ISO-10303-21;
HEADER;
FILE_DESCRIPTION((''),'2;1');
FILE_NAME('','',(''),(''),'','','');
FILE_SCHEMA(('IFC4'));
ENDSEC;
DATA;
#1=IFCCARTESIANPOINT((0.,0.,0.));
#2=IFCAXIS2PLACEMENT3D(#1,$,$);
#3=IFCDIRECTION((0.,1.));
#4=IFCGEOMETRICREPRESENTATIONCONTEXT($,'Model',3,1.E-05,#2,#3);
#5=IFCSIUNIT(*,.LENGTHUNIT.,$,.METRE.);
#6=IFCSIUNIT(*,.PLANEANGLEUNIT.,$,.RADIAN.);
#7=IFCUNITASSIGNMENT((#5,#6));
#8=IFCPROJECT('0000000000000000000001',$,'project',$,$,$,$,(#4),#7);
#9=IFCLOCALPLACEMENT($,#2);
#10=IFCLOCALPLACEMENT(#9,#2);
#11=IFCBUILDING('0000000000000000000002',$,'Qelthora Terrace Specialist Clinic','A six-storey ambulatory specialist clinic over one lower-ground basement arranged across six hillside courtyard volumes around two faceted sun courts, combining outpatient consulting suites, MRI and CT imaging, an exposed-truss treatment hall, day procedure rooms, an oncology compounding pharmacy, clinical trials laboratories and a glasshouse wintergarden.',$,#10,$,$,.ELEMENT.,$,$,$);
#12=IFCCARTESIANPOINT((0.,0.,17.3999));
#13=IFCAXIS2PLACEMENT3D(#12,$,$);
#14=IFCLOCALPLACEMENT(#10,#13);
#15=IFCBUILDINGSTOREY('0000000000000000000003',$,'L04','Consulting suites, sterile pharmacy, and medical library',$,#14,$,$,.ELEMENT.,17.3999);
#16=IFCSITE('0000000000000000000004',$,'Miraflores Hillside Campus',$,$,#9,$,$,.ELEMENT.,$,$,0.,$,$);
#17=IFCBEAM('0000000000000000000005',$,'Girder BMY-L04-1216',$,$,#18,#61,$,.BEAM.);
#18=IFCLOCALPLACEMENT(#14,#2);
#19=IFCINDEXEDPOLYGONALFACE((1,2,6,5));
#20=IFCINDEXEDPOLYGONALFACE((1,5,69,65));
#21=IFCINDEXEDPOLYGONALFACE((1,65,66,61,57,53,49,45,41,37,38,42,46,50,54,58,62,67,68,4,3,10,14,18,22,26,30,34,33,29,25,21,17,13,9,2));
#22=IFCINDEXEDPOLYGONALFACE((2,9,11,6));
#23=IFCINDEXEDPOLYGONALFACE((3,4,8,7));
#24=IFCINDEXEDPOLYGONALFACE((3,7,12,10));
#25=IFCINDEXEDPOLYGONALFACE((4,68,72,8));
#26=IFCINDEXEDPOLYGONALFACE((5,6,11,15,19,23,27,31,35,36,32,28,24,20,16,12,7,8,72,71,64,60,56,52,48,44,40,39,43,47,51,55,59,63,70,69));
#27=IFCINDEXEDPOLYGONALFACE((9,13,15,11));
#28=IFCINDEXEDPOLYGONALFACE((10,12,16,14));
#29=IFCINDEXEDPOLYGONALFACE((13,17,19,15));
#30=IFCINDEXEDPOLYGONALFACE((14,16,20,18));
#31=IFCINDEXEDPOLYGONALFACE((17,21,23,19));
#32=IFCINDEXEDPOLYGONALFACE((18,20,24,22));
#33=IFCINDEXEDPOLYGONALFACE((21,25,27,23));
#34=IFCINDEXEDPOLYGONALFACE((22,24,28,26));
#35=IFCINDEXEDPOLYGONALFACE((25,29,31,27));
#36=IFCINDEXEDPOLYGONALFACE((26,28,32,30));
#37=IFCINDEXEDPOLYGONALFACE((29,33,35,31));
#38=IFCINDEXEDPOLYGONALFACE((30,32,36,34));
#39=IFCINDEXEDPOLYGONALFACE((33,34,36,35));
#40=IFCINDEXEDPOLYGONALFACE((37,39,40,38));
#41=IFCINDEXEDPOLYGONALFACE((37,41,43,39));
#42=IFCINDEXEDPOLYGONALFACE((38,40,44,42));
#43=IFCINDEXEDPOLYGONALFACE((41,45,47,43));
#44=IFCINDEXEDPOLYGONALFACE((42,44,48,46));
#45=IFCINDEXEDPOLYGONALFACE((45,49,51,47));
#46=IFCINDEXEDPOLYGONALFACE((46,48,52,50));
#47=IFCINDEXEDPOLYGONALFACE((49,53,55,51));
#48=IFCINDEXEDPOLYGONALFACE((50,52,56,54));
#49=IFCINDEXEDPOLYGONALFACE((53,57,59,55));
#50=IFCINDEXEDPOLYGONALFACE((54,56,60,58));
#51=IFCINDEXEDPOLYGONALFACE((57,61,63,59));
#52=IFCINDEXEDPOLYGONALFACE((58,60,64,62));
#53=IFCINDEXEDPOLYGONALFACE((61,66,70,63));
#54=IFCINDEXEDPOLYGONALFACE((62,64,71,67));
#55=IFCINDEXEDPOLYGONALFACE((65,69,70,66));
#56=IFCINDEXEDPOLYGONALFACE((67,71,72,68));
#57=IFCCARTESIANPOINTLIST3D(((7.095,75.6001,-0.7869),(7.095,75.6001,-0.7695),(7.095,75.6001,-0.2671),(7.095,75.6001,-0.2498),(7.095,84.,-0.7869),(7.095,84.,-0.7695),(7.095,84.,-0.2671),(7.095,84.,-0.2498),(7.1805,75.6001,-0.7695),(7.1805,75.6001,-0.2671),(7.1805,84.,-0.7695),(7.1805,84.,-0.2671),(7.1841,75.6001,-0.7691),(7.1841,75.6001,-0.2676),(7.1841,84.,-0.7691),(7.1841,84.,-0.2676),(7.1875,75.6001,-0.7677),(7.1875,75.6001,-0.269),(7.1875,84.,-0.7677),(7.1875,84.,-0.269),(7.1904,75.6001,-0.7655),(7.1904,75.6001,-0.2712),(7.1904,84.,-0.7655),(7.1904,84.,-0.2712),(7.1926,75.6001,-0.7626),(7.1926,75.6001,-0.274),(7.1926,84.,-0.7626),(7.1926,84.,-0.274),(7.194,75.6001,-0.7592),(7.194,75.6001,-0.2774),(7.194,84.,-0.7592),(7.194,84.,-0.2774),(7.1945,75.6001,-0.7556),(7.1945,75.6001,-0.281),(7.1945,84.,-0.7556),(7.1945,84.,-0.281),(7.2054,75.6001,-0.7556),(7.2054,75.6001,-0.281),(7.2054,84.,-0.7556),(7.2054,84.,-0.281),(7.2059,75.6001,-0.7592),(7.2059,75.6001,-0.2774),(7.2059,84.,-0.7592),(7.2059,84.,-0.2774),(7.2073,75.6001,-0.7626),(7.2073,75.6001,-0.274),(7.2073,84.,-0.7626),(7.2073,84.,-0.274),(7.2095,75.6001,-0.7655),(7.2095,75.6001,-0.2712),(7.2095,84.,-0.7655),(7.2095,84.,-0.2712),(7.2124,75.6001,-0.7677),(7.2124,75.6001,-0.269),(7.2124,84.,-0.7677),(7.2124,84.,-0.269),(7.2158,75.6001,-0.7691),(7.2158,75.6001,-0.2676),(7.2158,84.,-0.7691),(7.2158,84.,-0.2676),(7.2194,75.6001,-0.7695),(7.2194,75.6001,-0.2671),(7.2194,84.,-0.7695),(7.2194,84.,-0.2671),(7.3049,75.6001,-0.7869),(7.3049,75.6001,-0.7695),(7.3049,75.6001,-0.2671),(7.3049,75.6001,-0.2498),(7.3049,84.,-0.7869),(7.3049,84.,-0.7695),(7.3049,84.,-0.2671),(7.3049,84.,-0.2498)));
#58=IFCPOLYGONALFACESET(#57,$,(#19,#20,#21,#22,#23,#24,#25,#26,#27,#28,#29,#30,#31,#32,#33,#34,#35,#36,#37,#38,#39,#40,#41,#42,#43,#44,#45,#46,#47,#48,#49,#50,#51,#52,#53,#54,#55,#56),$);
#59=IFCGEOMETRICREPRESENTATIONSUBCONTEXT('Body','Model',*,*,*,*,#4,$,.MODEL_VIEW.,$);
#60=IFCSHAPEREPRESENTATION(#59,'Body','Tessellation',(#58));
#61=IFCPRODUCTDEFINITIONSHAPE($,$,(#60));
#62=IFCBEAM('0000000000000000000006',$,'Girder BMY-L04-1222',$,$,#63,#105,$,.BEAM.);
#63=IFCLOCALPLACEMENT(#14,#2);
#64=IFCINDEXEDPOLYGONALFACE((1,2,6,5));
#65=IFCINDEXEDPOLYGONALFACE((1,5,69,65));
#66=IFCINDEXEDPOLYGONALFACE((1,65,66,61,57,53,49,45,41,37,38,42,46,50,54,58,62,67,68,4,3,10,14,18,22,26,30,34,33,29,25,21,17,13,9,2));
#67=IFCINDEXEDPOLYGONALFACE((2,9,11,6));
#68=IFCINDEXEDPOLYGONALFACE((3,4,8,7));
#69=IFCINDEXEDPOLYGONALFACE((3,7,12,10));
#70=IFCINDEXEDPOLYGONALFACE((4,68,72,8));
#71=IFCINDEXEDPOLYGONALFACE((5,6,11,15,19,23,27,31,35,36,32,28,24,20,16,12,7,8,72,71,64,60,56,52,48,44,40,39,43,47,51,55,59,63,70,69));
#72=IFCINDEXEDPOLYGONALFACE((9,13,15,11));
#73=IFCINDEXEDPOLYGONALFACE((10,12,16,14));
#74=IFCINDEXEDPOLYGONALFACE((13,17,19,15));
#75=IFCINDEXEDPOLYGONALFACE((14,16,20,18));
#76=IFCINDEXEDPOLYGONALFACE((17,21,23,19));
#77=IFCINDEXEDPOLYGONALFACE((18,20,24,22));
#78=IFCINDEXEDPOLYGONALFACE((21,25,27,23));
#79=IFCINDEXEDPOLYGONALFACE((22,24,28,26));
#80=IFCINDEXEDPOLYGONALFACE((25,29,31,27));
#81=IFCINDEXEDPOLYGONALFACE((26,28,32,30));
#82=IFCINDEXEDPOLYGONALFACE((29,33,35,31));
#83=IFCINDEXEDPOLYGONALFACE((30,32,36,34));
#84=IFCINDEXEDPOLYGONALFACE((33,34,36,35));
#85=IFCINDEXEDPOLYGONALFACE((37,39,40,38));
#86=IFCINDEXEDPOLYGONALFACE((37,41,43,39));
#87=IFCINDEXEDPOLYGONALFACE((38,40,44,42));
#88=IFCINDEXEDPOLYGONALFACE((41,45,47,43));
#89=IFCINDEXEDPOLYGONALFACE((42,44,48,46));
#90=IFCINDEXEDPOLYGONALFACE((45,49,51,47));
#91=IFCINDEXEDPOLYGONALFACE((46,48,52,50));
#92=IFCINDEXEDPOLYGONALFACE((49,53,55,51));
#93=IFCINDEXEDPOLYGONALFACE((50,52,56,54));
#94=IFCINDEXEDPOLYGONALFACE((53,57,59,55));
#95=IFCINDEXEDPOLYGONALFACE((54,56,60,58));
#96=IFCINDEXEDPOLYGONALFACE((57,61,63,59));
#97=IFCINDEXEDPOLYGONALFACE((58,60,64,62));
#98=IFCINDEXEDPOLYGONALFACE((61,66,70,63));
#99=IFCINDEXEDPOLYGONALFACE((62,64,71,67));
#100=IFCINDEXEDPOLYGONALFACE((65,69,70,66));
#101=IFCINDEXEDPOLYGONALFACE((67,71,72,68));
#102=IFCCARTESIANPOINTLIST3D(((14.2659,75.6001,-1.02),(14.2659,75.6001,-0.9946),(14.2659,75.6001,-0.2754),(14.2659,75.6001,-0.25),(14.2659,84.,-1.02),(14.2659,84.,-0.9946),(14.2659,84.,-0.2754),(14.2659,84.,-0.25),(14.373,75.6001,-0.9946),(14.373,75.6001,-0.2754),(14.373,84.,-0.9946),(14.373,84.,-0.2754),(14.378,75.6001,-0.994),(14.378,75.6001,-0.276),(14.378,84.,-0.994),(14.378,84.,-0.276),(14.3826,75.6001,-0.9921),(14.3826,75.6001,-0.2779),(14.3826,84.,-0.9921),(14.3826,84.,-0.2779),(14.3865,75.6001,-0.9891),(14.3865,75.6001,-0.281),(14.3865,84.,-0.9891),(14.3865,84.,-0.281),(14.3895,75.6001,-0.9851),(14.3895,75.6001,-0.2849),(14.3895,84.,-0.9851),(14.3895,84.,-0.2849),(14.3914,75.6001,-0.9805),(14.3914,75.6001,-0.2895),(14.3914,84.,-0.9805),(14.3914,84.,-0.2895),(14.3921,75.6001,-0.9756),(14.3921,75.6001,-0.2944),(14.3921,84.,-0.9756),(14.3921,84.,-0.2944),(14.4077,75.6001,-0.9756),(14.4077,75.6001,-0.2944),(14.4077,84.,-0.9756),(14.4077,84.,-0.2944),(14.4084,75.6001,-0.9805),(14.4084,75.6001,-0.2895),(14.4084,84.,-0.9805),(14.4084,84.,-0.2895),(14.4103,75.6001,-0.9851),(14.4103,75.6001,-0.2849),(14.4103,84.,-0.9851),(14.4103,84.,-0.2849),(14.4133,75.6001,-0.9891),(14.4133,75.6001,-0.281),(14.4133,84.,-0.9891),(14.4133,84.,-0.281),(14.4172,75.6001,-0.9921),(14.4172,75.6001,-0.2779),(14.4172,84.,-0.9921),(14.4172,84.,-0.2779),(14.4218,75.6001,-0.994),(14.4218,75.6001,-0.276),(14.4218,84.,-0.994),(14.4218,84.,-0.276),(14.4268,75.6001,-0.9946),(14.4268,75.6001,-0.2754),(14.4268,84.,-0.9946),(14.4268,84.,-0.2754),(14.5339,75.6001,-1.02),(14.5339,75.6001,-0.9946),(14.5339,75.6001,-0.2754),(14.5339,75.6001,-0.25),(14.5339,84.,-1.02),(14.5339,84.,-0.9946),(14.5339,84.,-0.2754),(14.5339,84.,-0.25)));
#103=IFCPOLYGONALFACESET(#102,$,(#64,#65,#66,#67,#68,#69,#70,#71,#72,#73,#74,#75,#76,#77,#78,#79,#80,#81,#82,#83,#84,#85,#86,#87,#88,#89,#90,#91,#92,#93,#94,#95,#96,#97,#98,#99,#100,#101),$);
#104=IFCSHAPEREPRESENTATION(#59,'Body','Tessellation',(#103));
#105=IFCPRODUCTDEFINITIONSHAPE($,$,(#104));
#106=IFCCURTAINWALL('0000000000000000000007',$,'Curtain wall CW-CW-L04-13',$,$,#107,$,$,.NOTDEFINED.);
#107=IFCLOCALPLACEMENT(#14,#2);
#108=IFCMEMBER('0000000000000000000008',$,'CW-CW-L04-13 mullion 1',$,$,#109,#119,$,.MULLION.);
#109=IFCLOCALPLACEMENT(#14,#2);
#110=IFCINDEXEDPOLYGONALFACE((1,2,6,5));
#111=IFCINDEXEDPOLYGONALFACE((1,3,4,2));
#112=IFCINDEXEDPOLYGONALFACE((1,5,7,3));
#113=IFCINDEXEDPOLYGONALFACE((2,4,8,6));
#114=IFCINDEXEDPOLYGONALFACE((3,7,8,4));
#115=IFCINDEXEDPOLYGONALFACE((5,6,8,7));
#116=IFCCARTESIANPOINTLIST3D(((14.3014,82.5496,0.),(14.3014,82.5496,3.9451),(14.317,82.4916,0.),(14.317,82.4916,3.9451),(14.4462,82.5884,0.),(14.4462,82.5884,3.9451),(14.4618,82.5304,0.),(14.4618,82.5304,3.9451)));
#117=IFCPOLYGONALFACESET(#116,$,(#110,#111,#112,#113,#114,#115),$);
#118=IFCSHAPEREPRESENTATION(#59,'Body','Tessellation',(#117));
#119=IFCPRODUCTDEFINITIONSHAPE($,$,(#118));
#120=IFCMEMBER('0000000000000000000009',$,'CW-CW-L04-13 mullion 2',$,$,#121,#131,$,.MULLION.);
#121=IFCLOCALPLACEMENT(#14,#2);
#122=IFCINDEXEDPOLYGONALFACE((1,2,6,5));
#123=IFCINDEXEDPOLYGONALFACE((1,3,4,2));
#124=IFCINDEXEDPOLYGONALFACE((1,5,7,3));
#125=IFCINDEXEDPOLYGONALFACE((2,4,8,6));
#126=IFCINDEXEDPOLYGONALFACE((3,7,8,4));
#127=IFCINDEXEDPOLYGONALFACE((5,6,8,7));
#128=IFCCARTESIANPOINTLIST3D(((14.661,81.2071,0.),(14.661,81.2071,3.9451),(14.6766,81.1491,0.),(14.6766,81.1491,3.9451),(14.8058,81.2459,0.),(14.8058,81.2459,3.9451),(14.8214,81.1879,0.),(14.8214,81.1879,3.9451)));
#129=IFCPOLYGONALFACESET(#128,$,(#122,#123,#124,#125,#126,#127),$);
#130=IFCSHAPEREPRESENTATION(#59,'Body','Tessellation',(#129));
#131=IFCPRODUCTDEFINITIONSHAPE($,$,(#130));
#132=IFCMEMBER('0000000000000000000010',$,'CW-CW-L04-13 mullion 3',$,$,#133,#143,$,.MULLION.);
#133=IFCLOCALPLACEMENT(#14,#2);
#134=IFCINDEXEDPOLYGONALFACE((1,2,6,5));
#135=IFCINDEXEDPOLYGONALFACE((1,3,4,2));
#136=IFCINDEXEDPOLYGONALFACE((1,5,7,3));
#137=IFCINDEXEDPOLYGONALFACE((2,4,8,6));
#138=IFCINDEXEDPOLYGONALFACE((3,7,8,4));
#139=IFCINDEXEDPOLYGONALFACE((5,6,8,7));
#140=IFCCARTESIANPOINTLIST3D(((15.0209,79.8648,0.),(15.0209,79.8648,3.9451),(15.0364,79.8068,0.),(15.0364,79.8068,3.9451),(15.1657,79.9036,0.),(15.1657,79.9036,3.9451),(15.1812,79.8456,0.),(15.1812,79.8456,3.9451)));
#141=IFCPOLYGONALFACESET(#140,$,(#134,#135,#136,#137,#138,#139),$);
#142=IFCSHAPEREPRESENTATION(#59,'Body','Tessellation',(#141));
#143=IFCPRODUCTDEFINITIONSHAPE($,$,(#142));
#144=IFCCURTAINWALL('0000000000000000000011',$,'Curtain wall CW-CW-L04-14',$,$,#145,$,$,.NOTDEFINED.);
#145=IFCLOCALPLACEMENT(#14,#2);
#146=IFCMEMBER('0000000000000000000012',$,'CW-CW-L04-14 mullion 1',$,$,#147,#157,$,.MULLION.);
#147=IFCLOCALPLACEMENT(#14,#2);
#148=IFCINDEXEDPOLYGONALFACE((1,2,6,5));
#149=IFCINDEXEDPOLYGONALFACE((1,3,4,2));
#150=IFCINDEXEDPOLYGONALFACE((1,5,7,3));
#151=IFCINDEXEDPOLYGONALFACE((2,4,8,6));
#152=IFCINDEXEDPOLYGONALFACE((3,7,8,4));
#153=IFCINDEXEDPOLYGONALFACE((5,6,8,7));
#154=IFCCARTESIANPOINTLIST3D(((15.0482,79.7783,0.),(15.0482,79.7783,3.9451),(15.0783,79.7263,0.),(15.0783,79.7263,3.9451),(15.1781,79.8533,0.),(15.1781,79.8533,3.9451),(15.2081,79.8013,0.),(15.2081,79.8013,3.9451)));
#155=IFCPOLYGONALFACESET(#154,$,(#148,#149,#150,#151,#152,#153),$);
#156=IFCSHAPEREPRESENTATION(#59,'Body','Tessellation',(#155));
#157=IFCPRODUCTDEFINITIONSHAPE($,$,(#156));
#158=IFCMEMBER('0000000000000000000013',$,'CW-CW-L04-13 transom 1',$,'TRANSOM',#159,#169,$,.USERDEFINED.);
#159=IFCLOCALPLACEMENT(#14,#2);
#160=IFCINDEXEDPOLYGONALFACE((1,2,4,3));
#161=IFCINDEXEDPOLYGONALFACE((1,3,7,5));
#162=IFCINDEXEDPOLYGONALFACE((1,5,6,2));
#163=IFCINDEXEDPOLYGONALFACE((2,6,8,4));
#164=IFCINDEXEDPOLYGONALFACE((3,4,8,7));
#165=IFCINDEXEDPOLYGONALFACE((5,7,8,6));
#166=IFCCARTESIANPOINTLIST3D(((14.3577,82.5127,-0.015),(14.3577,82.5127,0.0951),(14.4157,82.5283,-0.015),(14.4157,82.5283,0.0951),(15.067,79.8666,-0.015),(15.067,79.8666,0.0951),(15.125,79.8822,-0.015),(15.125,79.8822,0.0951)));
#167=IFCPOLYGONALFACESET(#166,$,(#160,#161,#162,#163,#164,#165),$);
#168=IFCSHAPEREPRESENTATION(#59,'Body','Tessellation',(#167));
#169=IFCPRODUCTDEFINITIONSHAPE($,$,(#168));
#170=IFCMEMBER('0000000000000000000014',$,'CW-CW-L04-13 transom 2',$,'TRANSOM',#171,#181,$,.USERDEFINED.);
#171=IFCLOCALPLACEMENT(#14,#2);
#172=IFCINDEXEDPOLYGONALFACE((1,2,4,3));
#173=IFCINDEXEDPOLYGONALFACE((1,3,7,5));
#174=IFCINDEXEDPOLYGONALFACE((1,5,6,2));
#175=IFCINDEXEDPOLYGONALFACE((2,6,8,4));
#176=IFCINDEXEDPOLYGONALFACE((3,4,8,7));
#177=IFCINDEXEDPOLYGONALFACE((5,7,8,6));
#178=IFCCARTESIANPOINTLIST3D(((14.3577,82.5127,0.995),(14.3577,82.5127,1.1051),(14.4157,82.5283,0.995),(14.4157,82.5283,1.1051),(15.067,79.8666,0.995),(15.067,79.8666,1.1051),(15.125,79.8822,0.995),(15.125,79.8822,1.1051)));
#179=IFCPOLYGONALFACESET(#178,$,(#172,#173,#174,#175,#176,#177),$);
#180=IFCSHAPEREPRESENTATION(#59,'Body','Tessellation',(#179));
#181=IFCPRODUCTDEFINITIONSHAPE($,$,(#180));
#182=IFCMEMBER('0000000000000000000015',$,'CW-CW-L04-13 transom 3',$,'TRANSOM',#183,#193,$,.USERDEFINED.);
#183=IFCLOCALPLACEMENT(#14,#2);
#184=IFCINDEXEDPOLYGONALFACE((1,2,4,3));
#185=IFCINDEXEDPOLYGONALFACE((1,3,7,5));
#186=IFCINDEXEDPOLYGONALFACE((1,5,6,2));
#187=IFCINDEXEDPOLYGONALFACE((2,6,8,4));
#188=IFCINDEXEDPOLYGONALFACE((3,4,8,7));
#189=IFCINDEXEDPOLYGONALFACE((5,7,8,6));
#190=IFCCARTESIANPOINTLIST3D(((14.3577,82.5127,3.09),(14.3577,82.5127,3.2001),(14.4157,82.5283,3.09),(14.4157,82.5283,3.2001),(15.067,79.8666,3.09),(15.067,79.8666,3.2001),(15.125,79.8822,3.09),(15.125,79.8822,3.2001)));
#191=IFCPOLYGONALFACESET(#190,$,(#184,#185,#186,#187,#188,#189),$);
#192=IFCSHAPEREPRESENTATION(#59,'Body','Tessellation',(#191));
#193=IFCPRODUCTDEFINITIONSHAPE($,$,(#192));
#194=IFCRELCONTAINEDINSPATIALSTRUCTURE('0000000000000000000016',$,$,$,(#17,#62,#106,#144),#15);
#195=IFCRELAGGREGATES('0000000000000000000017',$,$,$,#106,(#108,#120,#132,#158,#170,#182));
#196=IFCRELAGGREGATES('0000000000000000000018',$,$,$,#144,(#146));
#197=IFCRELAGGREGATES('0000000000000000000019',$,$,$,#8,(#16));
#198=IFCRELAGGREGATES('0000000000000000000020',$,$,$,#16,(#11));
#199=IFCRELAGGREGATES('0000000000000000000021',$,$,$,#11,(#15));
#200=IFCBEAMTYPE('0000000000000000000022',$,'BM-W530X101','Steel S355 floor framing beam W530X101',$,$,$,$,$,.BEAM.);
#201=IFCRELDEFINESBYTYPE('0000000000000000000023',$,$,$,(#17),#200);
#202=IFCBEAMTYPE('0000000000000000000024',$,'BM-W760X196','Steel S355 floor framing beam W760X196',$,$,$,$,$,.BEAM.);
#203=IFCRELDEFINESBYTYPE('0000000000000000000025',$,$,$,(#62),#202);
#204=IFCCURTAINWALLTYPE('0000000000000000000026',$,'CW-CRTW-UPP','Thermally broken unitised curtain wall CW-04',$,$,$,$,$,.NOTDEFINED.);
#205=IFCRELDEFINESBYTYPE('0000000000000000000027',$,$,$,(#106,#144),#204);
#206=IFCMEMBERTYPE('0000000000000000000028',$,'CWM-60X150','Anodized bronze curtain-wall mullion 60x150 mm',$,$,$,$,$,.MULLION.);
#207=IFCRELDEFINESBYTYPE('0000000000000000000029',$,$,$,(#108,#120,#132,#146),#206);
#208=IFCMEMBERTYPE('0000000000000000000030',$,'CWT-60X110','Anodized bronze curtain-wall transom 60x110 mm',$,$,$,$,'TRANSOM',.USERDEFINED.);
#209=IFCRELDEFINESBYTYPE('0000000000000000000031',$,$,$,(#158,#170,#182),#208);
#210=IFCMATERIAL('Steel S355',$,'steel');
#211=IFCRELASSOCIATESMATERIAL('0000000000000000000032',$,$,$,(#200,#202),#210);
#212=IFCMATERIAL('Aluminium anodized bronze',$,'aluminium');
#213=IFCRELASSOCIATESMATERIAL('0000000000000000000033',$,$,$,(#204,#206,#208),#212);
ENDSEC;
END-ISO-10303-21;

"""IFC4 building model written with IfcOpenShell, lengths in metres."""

from ifc_helpers import new_model, si_unit, direction, frame, origin, origin_2d, place, context, subcontext, project, spatial, rectangle, i_section, extrude, material, material_profile, profile_set, type_object, element, aggregate, save


model = new_model("IFC4")

# Units and contexts
model_context = context("Model", 3, precision=1e-05, world=origin(), true_north=direction((0.0, 1.0)))
body_context = subcontext(model_context, "Body", "Model", "MODEL_VIEW")
ifc_project = project(units=[si_unit("LENGTHUNIT", "METRE"), si_unit("PLANEANGLEUNIT", "RADIAN")], contexts=[model_context])

# Site, building, storey
site_placement = place(None, origin())
site = spatial("IfcSite", under=ifc_project, at=site_placement, Name="Miraflores Hillside Campus", CompositionType="ELEMENT", RefElevation=0.0)
building_placement = place(site_placement, origin())
building = spatial("IfcBuilding", under=site, at=building_placement, Name="Qelthora Terrace Specialist Clinic", Description="A six-storey ambulatory specialist clinic over one lower-ground basement arranged across six hillside courtyard volumes around two faceted sun courts, combining outpatient consulting suites, MRI and CT imaging, an exposed-truss treatment hall, day procedure rooms, an oncology compounding pharmacy, clinical trials laboratories and a glasshouse wintergarden.", CompositionType="ELEMENT")
storey_placement = place(building_placement, frame((0.0, 0.0, 17.3999)))
storey = spatial("IfcBuildingStorey", under=building, at=storey_placement, Name="L04", Description="Consulting suites, sterile pharmacy, and medical library", CompositionType="ELEMENT", Elevation=17.3999)

# Shared definitions
ifc_material_1 = material(Name="Steel S355", Category="steel")

# Beams
ifc_material_profile_1 = material_profile(ifc_material_1, i_section(OverallWidth=0.21, OverallDepth=0.5371, WebThickness=0.011, FlangeThickness=0.0173, FilletRadius=0.0139, at=origin_2d()), Name="W530X101")
ifc_profile_set_1 = profile_set([ifc_material_profile_1], Name="Steel S355")
beam_type_1 = type_object("IfcBeamType", Name="BM-W530X101", Description="Steel S355 floor framing beam W530X101", PredefinedType="BEAM", material=ifc_profile_set_1)
beam_1_placement = place(storey_placement, frame((7.2, 75.6001, -0.5183), z_axis=(0.0, 1.0, 0.0), x_axis=(-1.0, 0.0, 0.0)))
element("IfcBeam", 1, at=beam_1_placement, inside=storey, type_object=beam_type_1, Name="Girder BMY-L04-1216", PredefinedType="BEAM", context=body_context, shape_type="SweptSolid", body=[
    extrude(i_section(OverallWidth=0.21, OverallDepth=0.5371, WebThickness=0.011, FlangeThickness=0.0173, FilletRadius=0.0139, at=origin_2d()), origin(), (0.0, 0.0, 1.0), 8.3999),
])
ifc_material_profile_2 = material_profile(ifc_material_1, i_section(OverallWidth=0.2681, OverallDepth=0.77, WebThickness=0.0156, FlangeThickness=0.0254, FilletRadius=0.019, at=origin_2d()), Name="W760X196")
ifc_profile_set_2 = profile_set([ifc_material_profile_2], Name="Steel S355")
beam_type_2 = type_object("IfcBeamType", Name="BM-W760X196", Description="Steel S355 floor framing beam W760X196", PredefinedType="BEAM", material=ifc_profile_set_2)
beam_2_placement = place(storey_placement, frame((14.3999, 75.6001, -0.635), z_axis=(0.0, 1.0, 0.0), x_axis=(-1.0, 0.0, 0.0)))
element("IfcBeam", 2, at=beam_2_placement, inside=storey, type_object=beam_type_2, Name="Girder BMY-L04-1222", PredefinedType="BEAM", context=body_context, shape_type="SweptSolid", body=[
    extrude(i_section(OverallWidth=0.2681, OverallDepth=0.77, WebThickness=0.0156, FlangeThickness=0.0254, FilletRadius=0.019, at=origin_2d()), origin(), (0.0, 0.0, 1.0), 8.3999),
])

# Curtain wall, members
ifc_material_2 = material(Name="Aluminium anodized bronze", Category="aluminium")
curtain_wall_type = type_object("IfcCurtainWallType", Name="CW-CRTW-UPP", Description="Thermally broken unitised curtain wall CW-04", PredefinedType="NOTDEFINED", material=ifc_material_2)
curtain_wall_1_placement = place(storey_placement, origin())
curtain_wall_1 = element("IfcCurtainWall", 3, at=curtain_wall_1_placement, inside=storey, type_object=curtain_wall_type, Name="Curtain wall CW-CW-L04-13", PredefinedType="NOTDEFINED")
ifc_material_profile_3 = material_profile(ifc_material_2, rectangle(XDim=0.0601, YDim=0.1499, at=origin_2d()), Name="CWM60X150")
ifc_profile_set_3 = profile_set([ifc_material_profile_3], Name="Aluminium anodized bronze")
member_type_1 = type_object("IfcMemberType", Name="CWM-60X150", Description="Anodized bronze curtain-wall mullion 60x150 mm", PredefinedType="MULLION", material=ifc_profile_set_3)
member_1_placement = place(storey_placement, frame((14.3816, 82.54, 0.0), z_axis=(0.0, 0.0, 1.0), x_axis=(0.25882, -0.965925, 0.0)))
member_1 = element("IfcMember", 4, at=member_1_placement, type_object=member_type_1, Name="CW-CW-L04-13 mullion 1", PredefinedType="MULLION", context=body_context, shape_type="SweptSolid", body=[
    extrude(rectangle(XDim=0.0601, YDim=0.1499, at=origin_2d()), origin(), (0.0, 0.0, 1.0), 3.9451),
])
member_2_placement = place(storey_placement, frame((14.7412, 81.1975, 0.0), z_axis=(0.0, 0.0, 1.0), x_axis=(0.25882, -0.965925, 0.0)))
member_2 = element("IfcMember", 5, at=member_2_placement, type_object=member_type_1, Name="CW-CW-L04-13 mullion 2", PredefinedType="MULLION", context=body_context, shape_type="SweptSolid", body=[
    extrude(rectangle(XDim=0.0601, YDim=0.1499, at=origin_2d()), origin(), (0.0, 0.0, 1.0), 3.9451),
])
member_3_placement = place(storey_placement, frame((15.1011, 79.8552, 0.0), z_axis=(0.0, 0.0, 1.0), x_axis=(0.25882, -0.965925, 0.0)))
member_3 = element("IfcMember", 6, at=member_3_placement, type_object=member_type_1, Name="CW-CW-L04-13 mullion 3", PredefinedType="MULLION", context=body_context, shape_type="SweptSolid", body=[
    extrude(rectangle(XDim=0.0601, YDim=0.1499, at=origin_2d()), origin(), (0.0, 0.0, 1.0), 3.9451),
])

# Curtain wall, member
curtain_wall_2_placement = place(storey_placement, origin())
curtain_wall_2 = element("IfcCurtainWall", 7, at=curtain_wall_2_placement, inside=storey, type_object=curtain_wall_type, Name="Curtain wall CW-CW-L04-14", PredefinedType="NOTDEFINED")
member_4_placement = place(storey_placement, frame((15.1282, 79.7898, 0.0), z_axis=(0.0, 0.0, 1.0), x_axis=(0.5, -0.866026, 0.0)))
member_4 = element("IfcMember", 8, at=member_4_placement, type_object=member_type_1, Name="CW-CW-L04-14 mullion 1", PredefinedType="MULLION", context=body_context, shape_type="SweptSolid", body=[
    extrude(rectangle(XDim=0.0601, YDim=0.1499, at=origin_2d()), origin(), (0.0, 0.0, 1.0), 3.9451),
])

# Members
ifc_material_profile_4 = material_profile(ifc_material_2, rectangle(XDim=0.0601, YDim=0.1101, at=origin_2d()), Name="CWT60X110")
ifc_profile_set_4 = profile_set([ifc_material_profile_4], Name="Aluminium anodized bronze")
member_type_2 = type_object("IfcMemberType", Name="CWT-60X110", Description="Anodized bronze curtain-wall transom 60x110 mm", ElementType="TRANSOM", PredefinedType="USERDEFINED", material=ifc_profile_set_4)
member_5_placement = place(storey_placement, frame((14.3867, 82.5205, 0.04), z_axis=(0.258899, -0.965904, 0.0), x_axis=(0.965904, 0.258899, 0.0)))
member_5 = element("IfcMember", 9, at=member_5_placement, type_object=member_type_2, Name="CW-CW-L04-13 transom 1", ObjectType="TRANSOM", PredefinedType="USERDEFINED", context=body_context, shape_type="SweptSolid", body=[
    extrude(rectangle(XDim=0.0601, YDim=0.1101, at=origin_2d()), origin(), (0.0, 0.0, 1.0), 2.7395),
])
member_6_placement = place(storey_placement, frame((14.3867, 82.5205, 1.05), z_axis=(0.258899, -0.965904, 0.0), x_axis=(0.965904, 0.258899, 0.0)))
member_6 = element("IfcMember", 10, at=member_6_placement, type_object=member_type_2, Name="CW-CW-L04-13 transom 2", ObjectType="TRANSOM", PredefinedType="USERDEFINED", context=body_context, shape_type="SweptSolid", body=[
    extrude(rectangle(XDim=0.0601, YDim=0.1101, at=origin_2d()), origin(), (0.0, 0.0, 1.0), 2.7395),
])
member_7_placement = place(storey_placement, frame((14.3867, 82.5205, 3.145), z_axis=(0.258899, -0.965904, 0.0), x_axis=(0.965904, 0.258899, 0.0)))
member_7 = element("IfcMember", 11, at=member_7_placement, type_object=member_type_2, Name="CW-CW-L04-13 transom 3", ObjectType="TRANSOM", PredefinedType="USERDEFINED", context=body_context, shape_type="SweptSolid", body=[
    extrude(rectangle(XDim=0.0601, YDim=0.1101, at=origin_2d()), origin(), (0.0, 0.0, 1.0), 2.7395),
])

aggregate(curtain_wall_1, [member_1, member_2, member_3, member_5, member_6, member_7])
aggregate(curtain_wall_2, [member_4])

save(model, "model.ifc")
